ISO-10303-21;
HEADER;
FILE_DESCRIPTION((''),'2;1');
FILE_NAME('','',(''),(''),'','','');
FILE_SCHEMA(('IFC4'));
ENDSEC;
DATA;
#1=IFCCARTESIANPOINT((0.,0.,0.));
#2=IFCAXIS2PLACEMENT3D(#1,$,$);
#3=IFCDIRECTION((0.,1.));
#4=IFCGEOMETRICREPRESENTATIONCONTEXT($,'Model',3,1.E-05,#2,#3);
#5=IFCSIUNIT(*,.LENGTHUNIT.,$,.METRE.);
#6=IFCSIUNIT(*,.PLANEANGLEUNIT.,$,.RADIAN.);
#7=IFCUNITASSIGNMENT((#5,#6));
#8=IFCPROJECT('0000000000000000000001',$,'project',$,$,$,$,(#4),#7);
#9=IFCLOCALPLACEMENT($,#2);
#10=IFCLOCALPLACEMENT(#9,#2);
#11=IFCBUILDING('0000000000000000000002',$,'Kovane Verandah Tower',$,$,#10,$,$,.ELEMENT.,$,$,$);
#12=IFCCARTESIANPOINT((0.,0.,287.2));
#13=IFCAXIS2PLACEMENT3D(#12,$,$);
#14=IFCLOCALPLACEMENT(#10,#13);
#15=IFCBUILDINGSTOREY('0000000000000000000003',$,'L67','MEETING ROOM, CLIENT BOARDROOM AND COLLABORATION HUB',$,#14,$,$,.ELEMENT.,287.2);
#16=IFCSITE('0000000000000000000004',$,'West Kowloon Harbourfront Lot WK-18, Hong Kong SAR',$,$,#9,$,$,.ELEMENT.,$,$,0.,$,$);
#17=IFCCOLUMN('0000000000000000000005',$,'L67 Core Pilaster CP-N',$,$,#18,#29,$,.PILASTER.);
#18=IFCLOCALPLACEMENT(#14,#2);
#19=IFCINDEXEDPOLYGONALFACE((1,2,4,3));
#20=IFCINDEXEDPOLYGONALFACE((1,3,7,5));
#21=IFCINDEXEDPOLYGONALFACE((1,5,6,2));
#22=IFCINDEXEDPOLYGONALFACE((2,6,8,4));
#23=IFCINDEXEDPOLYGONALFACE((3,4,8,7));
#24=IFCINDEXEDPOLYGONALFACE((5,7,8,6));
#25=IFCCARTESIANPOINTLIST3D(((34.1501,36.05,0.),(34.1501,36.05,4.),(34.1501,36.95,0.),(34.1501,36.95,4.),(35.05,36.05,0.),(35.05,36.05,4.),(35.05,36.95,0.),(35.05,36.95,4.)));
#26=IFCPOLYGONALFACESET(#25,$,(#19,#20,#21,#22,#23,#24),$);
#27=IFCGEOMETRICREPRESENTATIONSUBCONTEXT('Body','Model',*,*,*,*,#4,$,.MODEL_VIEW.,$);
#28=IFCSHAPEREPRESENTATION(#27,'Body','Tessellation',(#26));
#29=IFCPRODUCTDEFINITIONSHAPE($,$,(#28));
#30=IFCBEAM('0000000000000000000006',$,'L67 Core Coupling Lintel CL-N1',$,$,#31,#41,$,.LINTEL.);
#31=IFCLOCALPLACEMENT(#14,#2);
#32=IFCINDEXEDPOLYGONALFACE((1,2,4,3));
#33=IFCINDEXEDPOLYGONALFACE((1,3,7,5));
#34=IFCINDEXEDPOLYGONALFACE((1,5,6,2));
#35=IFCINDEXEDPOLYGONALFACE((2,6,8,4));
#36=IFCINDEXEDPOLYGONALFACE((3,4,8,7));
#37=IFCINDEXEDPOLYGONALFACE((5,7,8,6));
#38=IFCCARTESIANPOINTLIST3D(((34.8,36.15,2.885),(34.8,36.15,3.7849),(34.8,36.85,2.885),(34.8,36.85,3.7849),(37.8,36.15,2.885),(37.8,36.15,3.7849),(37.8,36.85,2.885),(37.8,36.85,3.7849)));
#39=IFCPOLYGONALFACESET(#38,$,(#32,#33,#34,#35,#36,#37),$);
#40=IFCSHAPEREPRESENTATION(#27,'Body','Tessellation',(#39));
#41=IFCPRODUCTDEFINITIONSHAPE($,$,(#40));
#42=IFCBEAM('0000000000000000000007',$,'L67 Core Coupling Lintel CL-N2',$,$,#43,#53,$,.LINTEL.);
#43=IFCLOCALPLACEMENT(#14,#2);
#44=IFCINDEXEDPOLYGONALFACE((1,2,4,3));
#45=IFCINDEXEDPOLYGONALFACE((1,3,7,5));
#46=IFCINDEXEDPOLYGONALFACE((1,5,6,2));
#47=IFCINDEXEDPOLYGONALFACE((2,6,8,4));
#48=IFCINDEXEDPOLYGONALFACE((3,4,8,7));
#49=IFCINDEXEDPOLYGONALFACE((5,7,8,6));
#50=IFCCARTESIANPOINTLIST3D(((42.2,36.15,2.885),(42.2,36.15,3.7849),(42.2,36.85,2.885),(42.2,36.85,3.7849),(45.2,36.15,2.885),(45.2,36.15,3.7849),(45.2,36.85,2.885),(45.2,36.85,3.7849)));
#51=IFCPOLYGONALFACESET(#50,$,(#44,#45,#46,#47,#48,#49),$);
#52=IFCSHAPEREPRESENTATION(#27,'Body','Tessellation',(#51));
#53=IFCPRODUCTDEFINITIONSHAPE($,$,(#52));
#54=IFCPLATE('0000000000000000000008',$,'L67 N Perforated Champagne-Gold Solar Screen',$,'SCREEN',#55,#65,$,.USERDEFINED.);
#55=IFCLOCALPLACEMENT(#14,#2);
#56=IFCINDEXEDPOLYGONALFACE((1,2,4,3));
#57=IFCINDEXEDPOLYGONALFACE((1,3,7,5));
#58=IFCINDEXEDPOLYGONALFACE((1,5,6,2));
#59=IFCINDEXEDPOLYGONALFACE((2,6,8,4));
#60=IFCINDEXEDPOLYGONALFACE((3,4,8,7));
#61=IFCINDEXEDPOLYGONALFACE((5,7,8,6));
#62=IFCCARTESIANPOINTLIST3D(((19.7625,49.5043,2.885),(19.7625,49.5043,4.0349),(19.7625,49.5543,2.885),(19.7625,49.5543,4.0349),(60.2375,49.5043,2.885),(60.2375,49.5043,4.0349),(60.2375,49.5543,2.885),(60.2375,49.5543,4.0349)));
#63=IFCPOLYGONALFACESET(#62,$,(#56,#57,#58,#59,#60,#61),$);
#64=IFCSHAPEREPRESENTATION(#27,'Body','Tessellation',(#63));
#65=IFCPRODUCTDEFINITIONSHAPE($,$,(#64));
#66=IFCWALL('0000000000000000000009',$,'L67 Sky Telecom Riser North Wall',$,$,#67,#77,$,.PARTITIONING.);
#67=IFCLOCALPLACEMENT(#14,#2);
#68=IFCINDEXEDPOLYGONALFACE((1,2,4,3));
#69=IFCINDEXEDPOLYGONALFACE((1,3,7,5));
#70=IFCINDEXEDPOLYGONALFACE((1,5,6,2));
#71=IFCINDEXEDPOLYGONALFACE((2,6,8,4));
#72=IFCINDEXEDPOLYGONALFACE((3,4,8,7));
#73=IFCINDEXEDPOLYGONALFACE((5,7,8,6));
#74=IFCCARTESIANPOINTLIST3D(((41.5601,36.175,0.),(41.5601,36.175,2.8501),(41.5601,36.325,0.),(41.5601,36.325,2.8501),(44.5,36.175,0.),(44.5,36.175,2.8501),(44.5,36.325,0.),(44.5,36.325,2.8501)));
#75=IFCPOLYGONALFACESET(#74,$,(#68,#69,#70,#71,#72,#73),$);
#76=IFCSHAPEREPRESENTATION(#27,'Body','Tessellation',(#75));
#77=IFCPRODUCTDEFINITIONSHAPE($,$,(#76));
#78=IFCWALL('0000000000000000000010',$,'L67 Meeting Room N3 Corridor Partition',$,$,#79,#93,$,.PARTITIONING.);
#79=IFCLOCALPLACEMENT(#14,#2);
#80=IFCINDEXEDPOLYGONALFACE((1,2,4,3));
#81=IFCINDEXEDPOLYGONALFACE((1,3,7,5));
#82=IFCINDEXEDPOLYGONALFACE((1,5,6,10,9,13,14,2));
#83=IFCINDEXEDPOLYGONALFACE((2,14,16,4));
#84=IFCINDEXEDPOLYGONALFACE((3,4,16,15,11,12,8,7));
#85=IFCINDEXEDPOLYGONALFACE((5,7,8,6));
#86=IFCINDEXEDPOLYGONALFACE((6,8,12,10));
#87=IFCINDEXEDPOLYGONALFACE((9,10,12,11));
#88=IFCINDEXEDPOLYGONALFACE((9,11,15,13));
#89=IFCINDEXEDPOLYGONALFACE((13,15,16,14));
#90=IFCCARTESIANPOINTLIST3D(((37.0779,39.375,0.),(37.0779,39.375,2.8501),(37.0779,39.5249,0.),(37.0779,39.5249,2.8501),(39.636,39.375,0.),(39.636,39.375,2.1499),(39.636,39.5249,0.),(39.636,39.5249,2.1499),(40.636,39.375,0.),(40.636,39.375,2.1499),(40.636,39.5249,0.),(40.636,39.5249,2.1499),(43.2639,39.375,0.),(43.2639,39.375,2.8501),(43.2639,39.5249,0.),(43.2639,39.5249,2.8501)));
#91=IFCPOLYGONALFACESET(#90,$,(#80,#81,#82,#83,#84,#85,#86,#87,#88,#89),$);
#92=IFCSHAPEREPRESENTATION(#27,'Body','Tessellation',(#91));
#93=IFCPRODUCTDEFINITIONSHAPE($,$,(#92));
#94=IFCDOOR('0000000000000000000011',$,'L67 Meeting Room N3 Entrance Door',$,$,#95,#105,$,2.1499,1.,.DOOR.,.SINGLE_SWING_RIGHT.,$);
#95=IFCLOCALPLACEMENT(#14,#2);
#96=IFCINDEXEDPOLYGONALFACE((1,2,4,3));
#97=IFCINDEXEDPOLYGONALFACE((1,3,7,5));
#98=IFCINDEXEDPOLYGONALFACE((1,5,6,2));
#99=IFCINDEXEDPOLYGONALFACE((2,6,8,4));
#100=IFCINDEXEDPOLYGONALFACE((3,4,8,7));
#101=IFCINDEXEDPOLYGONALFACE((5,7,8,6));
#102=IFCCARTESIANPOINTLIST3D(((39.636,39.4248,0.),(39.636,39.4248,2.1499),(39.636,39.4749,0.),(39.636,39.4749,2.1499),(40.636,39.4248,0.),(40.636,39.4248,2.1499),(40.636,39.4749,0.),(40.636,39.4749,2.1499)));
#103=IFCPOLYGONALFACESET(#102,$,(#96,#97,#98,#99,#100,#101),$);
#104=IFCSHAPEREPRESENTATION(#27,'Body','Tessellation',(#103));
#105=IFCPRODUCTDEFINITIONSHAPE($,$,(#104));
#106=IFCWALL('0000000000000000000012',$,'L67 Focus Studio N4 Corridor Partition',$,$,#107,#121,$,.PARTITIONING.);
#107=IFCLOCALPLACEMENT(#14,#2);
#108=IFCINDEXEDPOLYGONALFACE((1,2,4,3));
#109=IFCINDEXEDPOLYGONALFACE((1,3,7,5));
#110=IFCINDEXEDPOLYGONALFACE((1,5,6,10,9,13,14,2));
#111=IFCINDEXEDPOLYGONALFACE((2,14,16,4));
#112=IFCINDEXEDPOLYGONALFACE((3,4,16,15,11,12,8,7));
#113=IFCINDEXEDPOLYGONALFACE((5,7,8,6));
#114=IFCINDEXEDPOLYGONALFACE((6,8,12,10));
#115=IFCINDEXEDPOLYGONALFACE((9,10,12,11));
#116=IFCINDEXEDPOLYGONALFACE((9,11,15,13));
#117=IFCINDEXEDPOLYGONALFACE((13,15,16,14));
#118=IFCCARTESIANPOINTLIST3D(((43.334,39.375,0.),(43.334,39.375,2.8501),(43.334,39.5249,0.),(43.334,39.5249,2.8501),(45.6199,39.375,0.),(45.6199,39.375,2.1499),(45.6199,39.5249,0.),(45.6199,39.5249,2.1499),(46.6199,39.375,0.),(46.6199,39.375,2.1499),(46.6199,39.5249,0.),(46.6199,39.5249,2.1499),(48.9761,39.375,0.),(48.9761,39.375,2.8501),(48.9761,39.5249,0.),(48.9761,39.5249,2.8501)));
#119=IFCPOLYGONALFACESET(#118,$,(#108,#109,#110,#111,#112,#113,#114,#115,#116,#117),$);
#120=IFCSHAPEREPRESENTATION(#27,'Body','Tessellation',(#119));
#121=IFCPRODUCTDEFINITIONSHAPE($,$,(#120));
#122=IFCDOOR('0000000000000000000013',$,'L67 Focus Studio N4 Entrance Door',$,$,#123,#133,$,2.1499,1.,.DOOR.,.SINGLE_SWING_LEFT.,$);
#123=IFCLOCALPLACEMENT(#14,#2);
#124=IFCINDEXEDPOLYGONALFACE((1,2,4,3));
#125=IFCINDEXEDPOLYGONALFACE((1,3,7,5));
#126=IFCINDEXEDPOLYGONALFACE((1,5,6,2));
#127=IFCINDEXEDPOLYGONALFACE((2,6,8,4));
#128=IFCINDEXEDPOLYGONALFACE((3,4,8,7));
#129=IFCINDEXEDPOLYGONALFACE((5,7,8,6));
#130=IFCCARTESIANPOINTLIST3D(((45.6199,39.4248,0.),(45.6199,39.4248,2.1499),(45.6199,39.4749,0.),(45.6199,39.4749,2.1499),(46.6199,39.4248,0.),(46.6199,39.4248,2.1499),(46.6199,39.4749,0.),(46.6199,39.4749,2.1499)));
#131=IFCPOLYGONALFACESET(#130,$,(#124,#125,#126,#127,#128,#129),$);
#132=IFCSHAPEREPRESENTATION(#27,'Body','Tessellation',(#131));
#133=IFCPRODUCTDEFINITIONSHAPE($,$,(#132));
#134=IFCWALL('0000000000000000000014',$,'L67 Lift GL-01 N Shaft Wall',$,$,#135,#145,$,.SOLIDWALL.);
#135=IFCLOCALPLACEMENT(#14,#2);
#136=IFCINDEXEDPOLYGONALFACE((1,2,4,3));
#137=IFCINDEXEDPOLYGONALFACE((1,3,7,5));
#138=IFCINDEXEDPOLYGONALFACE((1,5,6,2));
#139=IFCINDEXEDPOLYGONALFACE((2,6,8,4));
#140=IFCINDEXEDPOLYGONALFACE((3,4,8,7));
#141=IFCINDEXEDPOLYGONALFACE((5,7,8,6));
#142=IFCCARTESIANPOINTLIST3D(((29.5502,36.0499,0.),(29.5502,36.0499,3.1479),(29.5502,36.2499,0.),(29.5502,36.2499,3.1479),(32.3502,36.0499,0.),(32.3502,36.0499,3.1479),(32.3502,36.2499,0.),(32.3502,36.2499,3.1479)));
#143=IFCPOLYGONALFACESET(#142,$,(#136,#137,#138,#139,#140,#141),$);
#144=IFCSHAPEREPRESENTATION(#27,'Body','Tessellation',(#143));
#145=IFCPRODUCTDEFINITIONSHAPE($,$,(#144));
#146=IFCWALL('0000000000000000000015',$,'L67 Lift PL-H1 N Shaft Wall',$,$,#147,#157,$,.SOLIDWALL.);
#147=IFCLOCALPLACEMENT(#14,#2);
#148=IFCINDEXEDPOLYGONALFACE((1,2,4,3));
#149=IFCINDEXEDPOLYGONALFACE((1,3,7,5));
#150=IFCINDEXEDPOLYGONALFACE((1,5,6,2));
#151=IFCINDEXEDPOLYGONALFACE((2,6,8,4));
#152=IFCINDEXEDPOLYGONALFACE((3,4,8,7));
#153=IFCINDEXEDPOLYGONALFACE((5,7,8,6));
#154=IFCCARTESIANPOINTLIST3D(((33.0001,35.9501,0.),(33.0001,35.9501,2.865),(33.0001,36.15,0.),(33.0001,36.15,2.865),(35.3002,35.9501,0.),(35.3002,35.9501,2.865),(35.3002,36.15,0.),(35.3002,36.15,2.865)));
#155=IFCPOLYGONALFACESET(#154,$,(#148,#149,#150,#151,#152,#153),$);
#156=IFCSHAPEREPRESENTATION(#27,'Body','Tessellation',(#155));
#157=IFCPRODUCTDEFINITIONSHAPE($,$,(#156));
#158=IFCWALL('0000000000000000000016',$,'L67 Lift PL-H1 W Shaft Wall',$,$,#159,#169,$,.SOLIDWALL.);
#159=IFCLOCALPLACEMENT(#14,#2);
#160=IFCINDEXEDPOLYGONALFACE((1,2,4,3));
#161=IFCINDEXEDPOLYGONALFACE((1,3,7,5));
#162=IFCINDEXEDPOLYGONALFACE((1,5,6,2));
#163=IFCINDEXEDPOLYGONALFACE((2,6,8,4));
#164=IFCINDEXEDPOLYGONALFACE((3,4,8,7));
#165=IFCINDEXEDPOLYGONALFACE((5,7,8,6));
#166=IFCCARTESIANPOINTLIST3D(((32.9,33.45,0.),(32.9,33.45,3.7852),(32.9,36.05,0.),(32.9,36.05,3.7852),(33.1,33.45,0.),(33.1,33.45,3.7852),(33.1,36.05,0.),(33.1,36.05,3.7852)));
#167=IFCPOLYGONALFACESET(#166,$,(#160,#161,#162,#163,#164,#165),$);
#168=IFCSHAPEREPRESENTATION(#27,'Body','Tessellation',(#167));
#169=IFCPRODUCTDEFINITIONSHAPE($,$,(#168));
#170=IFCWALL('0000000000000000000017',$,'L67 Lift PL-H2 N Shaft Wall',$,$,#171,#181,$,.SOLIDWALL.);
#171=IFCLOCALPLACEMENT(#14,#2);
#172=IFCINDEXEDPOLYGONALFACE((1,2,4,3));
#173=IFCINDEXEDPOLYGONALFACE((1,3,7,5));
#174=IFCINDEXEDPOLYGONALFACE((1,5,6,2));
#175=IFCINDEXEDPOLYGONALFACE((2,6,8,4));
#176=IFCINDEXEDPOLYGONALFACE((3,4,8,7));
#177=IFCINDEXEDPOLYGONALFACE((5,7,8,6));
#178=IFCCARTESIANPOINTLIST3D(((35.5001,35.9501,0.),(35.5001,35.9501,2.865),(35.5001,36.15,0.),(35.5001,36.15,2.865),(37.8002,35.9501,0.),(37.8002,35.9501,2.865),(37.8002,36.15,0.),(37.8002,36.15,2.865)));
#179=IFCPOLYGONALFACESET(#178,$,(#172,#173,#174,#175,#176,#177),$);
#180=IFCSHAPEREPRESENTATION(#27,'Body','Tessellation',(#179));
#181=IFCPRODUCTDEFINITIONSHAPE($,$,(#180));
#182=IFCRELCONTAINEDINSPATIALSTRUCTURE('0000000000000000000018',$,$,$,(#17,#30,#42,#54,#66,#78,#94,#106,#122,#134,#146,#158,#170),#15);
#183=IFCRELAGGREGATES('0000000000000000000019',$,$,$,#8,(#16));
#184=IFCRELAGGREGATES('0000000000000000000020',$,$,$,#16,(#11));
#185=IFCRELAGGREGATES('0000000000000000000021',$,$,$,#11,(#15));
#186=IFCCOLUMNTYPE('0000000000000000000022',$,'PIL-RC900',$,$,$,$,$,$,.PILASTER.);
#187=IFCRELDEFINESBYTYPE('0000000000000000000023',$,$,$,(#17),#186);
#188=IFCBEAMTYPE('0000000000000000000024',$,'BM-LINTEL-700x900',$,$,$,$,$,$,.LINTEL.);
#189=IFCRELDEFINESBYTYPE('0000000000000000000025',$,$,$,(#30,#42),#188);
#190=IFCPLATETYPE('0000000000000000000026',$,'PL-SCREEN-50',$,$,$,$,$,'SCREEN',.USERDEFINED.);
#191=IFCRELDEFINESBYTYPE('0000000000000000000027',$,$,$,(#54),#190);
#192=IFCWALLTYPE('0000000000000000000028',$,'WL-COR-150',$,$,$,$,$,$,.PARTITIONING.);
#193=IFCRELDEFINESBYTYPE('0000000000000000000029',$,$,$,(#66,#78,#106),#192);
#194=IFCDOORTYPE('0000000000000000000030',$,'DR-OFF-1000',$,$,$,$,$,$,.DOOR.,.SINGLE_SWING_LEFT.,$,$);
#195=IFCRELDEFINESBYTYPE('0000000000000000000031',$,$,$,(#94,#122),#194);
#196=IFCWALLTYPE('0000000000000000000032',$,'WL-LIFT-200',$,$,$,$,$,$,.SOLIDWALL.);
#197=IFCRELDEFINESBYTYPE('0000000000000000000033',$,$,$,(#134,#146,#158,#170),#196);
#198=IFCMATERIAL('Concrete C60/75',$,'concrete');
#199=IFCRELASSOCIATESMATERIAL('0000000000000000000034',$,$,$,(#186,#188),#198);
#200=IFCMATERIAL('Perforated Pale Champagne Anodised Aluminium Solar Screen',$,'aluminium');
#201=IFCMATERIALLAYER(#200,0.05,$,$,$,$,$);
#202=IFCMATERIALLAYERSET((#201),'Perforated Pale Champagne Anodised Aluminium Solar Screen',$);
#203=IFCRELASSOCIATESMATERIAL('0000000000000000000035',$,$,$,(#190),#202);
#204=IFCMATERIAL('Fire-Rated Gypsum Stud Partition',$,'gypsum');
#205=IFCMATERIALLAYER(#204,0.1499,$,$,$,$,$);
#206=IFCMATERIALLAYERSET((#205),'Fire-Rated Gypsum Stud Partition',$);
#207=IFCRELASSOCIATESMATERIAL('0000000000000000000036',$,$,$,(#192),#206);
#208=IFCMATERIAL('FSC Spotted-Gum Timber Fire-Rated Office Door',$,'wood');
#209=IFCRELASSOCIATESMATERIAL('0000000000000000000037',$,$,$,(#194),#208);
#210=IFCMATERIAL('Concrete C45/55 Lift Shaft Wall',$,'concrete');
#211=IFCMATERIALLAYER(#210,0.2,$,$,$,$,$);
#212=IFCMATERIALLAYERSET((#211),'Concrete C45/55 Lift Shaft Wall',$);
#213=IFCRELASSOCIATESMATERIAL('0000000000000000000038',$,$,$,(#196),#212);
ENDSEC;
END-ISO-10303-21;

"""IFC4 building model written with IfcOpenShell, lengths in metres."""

from ifc_helpers import new_model, si_unit, direction, frame, frame_2d, origin, origin_2d, place, context, subcontext, project, spatial, rectangle, extrude, material, layer, layer_set, material_profile, profile_set, type_object, element, fill, save


model = new_model("IFC4")

# Units and contexts
model_context = context("Model", 3, precision=1e-05, world=origin(), true_north=direction((0.0, 1.0)))
body_context = subcontext(model_context, "Body", "Model", "MODEL_VIEW")
ifc_project = project(units=[si_unit("LENGTHUNIT", "METRE"), si_unit("PLANEANGLEUNIT", "RADIAN")], contexts=[model_context])

# Site, building, storey
site_placement = place(None, origin())
site = spatial("IfcSite", under=ifc_project, at=site_placement, Name="West Kowloon Harbourfront Lot WK-18, Hong Kong SAR", CompositionType="ELEMENT", RefElevation=0.0)
building_placement = place(site_placement, origin())
building = spatial("IfcBuilding", under=site, at=building_placement, Name="Kovane Verandah Tower", CompositionType="ELEMENT")
storey_placement = place(building_placement, frame((0.0, 0.0, 287.2)))
storey = spatial("IfcBuildingStorey", under=building, at=storey_placement, Name="L67", Description="MEETING ROOM, CLIENT BOARDROOM AND COLLABORATION HUB", CompositionType="ELEMENT", Elevation=287.2)

# Column
ifc_material_1 = material(Name="Concrete C60/75", Category="concrete")
ifc_material_profile_1 = material_profile(ifc_material_1, rectangle(XDim=0.8999, YDim=0.8999, at=origin_2d()), Name="RC900x900")
ifc_profile_set_1 = profile_set([ifc_material_profile_1], Name="Concrete C60/75")
column_type = type_object("IfcColumnType", Name="PIL-RC900", PredefinedType="PILASTER", material=ifc_profile_set_1)
column_placement = place(storey_placement, frame((34.6001, 36.5, 0.0), z_axis=(0.0, 0.0, 1.0), x_axis=(1.0, 0.0, 0.0)))
element("IfcColumn", 1, at=column_placement, inside=storey, type_object=column_type, Name="L67 Core Pilaster CP-N", PredefinedType="PILASTER", context=body_context, shape_type="SweptSolid", body=[
    extrude(rectangle(XDim=0.8999, YDim=0.8999, at=origin_2d()), origin(), (0.0, 0.0, 1.0), 4.0),
])

# Beams
ifc_material_profile_2 = material_profile(ifc_material_1, rectangle(XDim=0.7, YDim=0.8999, at=origin_2d()), Name="RCB700x900")
ifc_profile_set_2 = profile_set([ifc_material_profile_2], Name="Concrete C60/75")
beam_type = type_object("IfcBeamType", Name="BM-LINTEL-700x900", PredefinedType="LINTEL", material=ifc_profile_set_2)
for number, where, z_axis, x_axis, name in (
    (2, (34.8, 36.5, 3.335), (1.0, 0.0, 0.0), (0.0, 1.0, 0.0), "L67 Core Coupling Lintel CL-N1"),
    (3, (42.2, 36.5, 3.335), (1.0, 0.0, 0.0), (0.0, 1.0, 0.0), "L67 Core Coupling Lintel CL-N2"),
):
    element("IfcBeam", number, at=place(storey_placement, frame(where, z_axis=z_axis, x_axis=x_axis)), inside=storey, type_object=beam_type, Name=name, PredefinedType="LINTEL", context=body_context, shape_type="SweptSolid", body=[
        extrude(rectangle(XDim=0.7, YDim=0.8999, at=origin_2d()), origin(), (0.0, 0.0, 1.0), 3.0),
    ])

# Plate
ifc_material_2 = material(Name="Perforated Pale Champagne Anodised Aluminium Solar Screen", Category="aluminium")
ifc_layer_1 = layer(ifc_material_2, 0.05)
ifc_layer_set_1 = layer_set([ifc_layer_1], Name="Perforated Pale Champagne Anodised Aluminium Solar Screen")
plate_type = type_object("IfcPlateType", Name="PL-SCREEN-50", ElementType="SCREEN", PredefinedType="USERDEFINED", material=ifc_layer_set_1)
plate_placement = place(storey_placement, frame((40.0, 49.5293, 2.885), z_axis=(0.0, 0.0, 1.0), x_axis=(-1.0, 0.0, 0.0)))
element("IfcPlate", 4, at=plate_placement, inside=storey, type_object=plate_type, Name="L67 N Perforated Champagne-Gold Solar Screen", ObjectType="SCREEN", PredefinedType="USERDEFINED", context=body_context, shape_type="SweptSolid", body=[
    extrude(rectangle(XDim=40.4751, YDim=0.05, at=origin_2d()), origin(), (0.0, 0.0, 1.0), 1.1499),
])

# Wall
ifc_material_3 = material(Name="Fire-Rated Gypsum Stud Partition", Category="gypsum")
ifc_layer_2 = layer(ifc_material_3, 0.1499)
ifc_layer_set_2 = layer_set([ifc_layer_2], Name="Fire-Rated Gypsum Stud Partition")
wall_type_1 = type_object("IfcWallType", Name="WL-COR-150", PredefinedType="PARTITIONING", material=ifc_layer_set_2)
wall_1_placement = place(storey_placement, frame((41.5601, 36.25, 0.0), z_axis=(0.0, 0.0, 1.0), x_axis=(1.0, 0.0, 0.0)))
element("IfcWall", 5, at=wall_1_placement, inside=storey, type_object=wall_type_1, Name="L67 Sky Telecom Riser North Wall", PredefinedType="PARTITIONING", context=body_context, shape_type="SweptSolid", body=[
    extrude(rectangle(XDim=2.9399, YDim=0.1499, at=frame_2d((1.47, 0.0))), origin(), (0.0, 0.0, 1.0), 2.8501),
])

# Walls, openings, doors
wall_2_placement = place(storey_placement, frame((37.0779, 39.45, 0.0), z_axis=(0.0, 0.0, 1.0), x_axis=(1.0, 0.0, 0.0)))
wall_2 = element("IfcWall", 6, at=wall_2_placement, inside=storey, type_object=wall_type_1, Name="L67 Meeting Room N3 Corridor Partition", PredefinedType="PARTITIONING", context=body_context, shape_type="SweptSolid", body=[
    extrude(rectangle(XDim=6.186, YDim=0.1499, at=frame_2d((3.093, 0.0))), origin(), (0.0, 0.0, 1.0), 2.8501),
])
opening_1_placement = place(wall_2_placement, frame((2.5581, 0.0, 0.0)))
opening_1 = element("IfcOpeningElement", 7, at=opening_1_placement, cuts=wall_2, PredefinedType="OPENING", context=body_context, shape_type="SweptSolid", body=[
    extrude(rectangle(XDim=1.0, YDim=2.1499, at=frame_2d((0.5, 1.075))), frame((0.0, 0.075, 0.0), z_axis=(0.0, -1.0, 0.0), x_axis=(1.0, 0.0, 0.0)), (0.0, 0.0, 1.0), 0.1499),
])
ifc_material_4 = material(Name="FSC Spotted-Gum Timber Fire-Rated Office Door", Category="wood")
door_type_1 = type_object("IfcDoorType", Name="DR-OFF-1000", OperationType="SINGLE_SWING_LEFT", PredefinedType="DOOR", material=ifc_material_4)
door_1_placement = place(opening_1_placement, origin())
door_1 = element("IfcDoor", 8, at=door_1_placement, inside=storey, type_object=door_type_1, Name="L67 Meeting Room N3 Entrance Door", OperationType="SINGLE_SWING_RIGHT", OverallHeight=2.1499, OverallWidth=1.0, PredefinedType="DOOR", context=body_context, shape_type="SweptSolid", body=[
    extrude(rectangle(XDim=1.0, YDim=2.1499, at=frame_2d((0.5, 1.075))), frame((0.0, 0.0249, 0.0), z_axis=(0.0, -1.0, 0.0), x_axis=(1.0, 0.0, 0.0)), (0.0, 0.0, 1.0), 0.05),
])
fill(opening_1, door_1)
wall_3_placement = place(storey_placement, frame((43.334, 39.45, 0.0), z_axis=(0.0, 0.0, 1.0), x_axis=(1.0, 0.0, 0.0)))
wall_3 = element("IfcWall", 9, at=wall_3_placement, inside=storey, type_object=wall_type_1, Name="L67 Focus Studio N4 Corridor Partition", PredefinedType="PARTITIONING", context=body_context, shape_type="SweptSolid", body=[
    extrude(rectangle(XDim=5.6421, YDim=0.1499, at=frame_2d((2.821, 0.0))), origin(), (0.0, 0.0, 1.0), 2.8501),
])
opening_2_placement = place(wall_3_placement, frame((2.2859, 0.0, 0.0)))
opening_2 = element("IfcOpeningElement", 10, at=opening_2_placement, cuts=wall_3, PredefinedType="OPENING", context=body_context, shape_type="SweptSolid", body=[
    extrude(rectangle(XDim=1.0, YDim=2.1499, at=frame_2d((0.5, 1.075))), frame((0.0, 0.075, 0.0), z_axis=(0.0, -1.0, 0.0), x_axis=(1.0, 0.0, 0.0)), (0.0, 0.0, 1.0), 0.1499),
])
door_2_placement = place(opening_2_placement, origin())
door_2 = element("IfcDoor", 11, at=door_2_placement, inside=storey, type_object=door_type_1, Name="L67 Focus Studio N4 Entrance Door", OperationType="SINGLE_SWING_LEFT", OverallHeight=2.1499, OverallWidth=1.0, PredefinedType="DOOR", context=body_context, shape_type="SweptSolid", body=[
    extrude(rectangle(XDim=1.0, YDim=2.1499, at=frame_2d((0.5, 1.075))), frame((0.0, 0.0249, 0.0), z_axis=(0.0, -1.0, 0.0), x_axis=(1.0, 0.0, 0.0)), (0.0, 0.0, 1.0), 0.05),
])
fill(opening_2, door_2)

# Wall
ifc_material_5 = material(Name="Concrete C45/55 Lift Shaft Wall", Category="concrete")
ifc_layer_3 = layer(ifc_material_5, 0.2)
ifc_layer_set_3 = layer_set([ifc_layer_3], Name="Concrete C45/55 Lift Shaft Wall")
wall_type_2 = type_object("IfcWallType", Name="WL-LIFT-200", PredefinedType="SOLIDWALL", material=ifc_layer_set_3)
wall_4_placement = place(storey_placement, frame((32.3501, 36.1499, 0.0), z_axis=(0.0, 0.0, 1.0), x_axis=(-1.0, 0.0, 0.0)))
element("IfcWall", 12, at=wall_4_placement, inside=storey, type_object=wall_type_2, Name="L67 Lift GL-01 N Shaft Wall", PredefinedType="SOLIDWALL", context=body_context, shape_type="SweptSolid", body=[
    extrude(rectangle(XDim=2.8, YDim=0.2, at=frame_2d((1.3999, 0.0))), origin(), (0.0, 0.0, 1.0), 3.1479),
])

# Walls
wall_5_placement = place(storey_placement, frame((35.3, 36.05, 0.0), z_axis=(0.0, 0.0, 1.0), x_axis=(-1.0, 0.0, 0.0)))
element("IfcWall", 13, at=wall_5_placement, inside=storey, type_object=wall_type_2, Name="L67 Lift PL-H1 N Shaft Wall", PredefinedType="SOLIDWALL", context=body_context, shape_type="SweptSolid", body=[
    extrude(rectangle(XDim=2.3, YDim=0.2, at=frame_2d((1.1499, 0.0))), origin(), (0.0, 0.0, 1.0), 2.865),
])
wall_6_placement = place(storey_placement, frame((33.0, 36.05, 0.0), z_axis=(0.0, 0.0, 1.0), x_axis=(0.0, -1.0, 0.0)))
element("IfcWall", 14, at=wall_6_placement, inside=storey, type_object=wall_type_2, Name="L67 Lift PL-H1 W Shaft Wall", PredefinedType="SOLIDWALL", context=body_context, shape_type="SweptSolid", body=[
    extrude(rectangle(XDim=2.6001, YDim=0.2, at=frame_2d((1.3, 0.0))), origin(), (0.0, 0.0, 1.0), 3.7852),
])
wall_7_placement = place(storey_placement, frame((37.8, 36.05, 0.0), z_axis=(0.0, 0.0, 1.0), x_axis=(-1.0, 0.0, 0.0)))
element("IfcWall", 15, at=wall_7_placement, inside=storey, type_object=wall_type_2, Name="L67 Lift PL-H2 N Shaft Wall", PredefinedType="SOLIDWALL", context=body_context, shape_type="SweptSolid", body=[
    extrude(rectangle(XDim=2.3, YDim=0.2, at=frame_2d((1.1499, 0.0))), origin(), (0.0, 0.0, 1.0), 2.865),
])

save(model, "model.ifc")
